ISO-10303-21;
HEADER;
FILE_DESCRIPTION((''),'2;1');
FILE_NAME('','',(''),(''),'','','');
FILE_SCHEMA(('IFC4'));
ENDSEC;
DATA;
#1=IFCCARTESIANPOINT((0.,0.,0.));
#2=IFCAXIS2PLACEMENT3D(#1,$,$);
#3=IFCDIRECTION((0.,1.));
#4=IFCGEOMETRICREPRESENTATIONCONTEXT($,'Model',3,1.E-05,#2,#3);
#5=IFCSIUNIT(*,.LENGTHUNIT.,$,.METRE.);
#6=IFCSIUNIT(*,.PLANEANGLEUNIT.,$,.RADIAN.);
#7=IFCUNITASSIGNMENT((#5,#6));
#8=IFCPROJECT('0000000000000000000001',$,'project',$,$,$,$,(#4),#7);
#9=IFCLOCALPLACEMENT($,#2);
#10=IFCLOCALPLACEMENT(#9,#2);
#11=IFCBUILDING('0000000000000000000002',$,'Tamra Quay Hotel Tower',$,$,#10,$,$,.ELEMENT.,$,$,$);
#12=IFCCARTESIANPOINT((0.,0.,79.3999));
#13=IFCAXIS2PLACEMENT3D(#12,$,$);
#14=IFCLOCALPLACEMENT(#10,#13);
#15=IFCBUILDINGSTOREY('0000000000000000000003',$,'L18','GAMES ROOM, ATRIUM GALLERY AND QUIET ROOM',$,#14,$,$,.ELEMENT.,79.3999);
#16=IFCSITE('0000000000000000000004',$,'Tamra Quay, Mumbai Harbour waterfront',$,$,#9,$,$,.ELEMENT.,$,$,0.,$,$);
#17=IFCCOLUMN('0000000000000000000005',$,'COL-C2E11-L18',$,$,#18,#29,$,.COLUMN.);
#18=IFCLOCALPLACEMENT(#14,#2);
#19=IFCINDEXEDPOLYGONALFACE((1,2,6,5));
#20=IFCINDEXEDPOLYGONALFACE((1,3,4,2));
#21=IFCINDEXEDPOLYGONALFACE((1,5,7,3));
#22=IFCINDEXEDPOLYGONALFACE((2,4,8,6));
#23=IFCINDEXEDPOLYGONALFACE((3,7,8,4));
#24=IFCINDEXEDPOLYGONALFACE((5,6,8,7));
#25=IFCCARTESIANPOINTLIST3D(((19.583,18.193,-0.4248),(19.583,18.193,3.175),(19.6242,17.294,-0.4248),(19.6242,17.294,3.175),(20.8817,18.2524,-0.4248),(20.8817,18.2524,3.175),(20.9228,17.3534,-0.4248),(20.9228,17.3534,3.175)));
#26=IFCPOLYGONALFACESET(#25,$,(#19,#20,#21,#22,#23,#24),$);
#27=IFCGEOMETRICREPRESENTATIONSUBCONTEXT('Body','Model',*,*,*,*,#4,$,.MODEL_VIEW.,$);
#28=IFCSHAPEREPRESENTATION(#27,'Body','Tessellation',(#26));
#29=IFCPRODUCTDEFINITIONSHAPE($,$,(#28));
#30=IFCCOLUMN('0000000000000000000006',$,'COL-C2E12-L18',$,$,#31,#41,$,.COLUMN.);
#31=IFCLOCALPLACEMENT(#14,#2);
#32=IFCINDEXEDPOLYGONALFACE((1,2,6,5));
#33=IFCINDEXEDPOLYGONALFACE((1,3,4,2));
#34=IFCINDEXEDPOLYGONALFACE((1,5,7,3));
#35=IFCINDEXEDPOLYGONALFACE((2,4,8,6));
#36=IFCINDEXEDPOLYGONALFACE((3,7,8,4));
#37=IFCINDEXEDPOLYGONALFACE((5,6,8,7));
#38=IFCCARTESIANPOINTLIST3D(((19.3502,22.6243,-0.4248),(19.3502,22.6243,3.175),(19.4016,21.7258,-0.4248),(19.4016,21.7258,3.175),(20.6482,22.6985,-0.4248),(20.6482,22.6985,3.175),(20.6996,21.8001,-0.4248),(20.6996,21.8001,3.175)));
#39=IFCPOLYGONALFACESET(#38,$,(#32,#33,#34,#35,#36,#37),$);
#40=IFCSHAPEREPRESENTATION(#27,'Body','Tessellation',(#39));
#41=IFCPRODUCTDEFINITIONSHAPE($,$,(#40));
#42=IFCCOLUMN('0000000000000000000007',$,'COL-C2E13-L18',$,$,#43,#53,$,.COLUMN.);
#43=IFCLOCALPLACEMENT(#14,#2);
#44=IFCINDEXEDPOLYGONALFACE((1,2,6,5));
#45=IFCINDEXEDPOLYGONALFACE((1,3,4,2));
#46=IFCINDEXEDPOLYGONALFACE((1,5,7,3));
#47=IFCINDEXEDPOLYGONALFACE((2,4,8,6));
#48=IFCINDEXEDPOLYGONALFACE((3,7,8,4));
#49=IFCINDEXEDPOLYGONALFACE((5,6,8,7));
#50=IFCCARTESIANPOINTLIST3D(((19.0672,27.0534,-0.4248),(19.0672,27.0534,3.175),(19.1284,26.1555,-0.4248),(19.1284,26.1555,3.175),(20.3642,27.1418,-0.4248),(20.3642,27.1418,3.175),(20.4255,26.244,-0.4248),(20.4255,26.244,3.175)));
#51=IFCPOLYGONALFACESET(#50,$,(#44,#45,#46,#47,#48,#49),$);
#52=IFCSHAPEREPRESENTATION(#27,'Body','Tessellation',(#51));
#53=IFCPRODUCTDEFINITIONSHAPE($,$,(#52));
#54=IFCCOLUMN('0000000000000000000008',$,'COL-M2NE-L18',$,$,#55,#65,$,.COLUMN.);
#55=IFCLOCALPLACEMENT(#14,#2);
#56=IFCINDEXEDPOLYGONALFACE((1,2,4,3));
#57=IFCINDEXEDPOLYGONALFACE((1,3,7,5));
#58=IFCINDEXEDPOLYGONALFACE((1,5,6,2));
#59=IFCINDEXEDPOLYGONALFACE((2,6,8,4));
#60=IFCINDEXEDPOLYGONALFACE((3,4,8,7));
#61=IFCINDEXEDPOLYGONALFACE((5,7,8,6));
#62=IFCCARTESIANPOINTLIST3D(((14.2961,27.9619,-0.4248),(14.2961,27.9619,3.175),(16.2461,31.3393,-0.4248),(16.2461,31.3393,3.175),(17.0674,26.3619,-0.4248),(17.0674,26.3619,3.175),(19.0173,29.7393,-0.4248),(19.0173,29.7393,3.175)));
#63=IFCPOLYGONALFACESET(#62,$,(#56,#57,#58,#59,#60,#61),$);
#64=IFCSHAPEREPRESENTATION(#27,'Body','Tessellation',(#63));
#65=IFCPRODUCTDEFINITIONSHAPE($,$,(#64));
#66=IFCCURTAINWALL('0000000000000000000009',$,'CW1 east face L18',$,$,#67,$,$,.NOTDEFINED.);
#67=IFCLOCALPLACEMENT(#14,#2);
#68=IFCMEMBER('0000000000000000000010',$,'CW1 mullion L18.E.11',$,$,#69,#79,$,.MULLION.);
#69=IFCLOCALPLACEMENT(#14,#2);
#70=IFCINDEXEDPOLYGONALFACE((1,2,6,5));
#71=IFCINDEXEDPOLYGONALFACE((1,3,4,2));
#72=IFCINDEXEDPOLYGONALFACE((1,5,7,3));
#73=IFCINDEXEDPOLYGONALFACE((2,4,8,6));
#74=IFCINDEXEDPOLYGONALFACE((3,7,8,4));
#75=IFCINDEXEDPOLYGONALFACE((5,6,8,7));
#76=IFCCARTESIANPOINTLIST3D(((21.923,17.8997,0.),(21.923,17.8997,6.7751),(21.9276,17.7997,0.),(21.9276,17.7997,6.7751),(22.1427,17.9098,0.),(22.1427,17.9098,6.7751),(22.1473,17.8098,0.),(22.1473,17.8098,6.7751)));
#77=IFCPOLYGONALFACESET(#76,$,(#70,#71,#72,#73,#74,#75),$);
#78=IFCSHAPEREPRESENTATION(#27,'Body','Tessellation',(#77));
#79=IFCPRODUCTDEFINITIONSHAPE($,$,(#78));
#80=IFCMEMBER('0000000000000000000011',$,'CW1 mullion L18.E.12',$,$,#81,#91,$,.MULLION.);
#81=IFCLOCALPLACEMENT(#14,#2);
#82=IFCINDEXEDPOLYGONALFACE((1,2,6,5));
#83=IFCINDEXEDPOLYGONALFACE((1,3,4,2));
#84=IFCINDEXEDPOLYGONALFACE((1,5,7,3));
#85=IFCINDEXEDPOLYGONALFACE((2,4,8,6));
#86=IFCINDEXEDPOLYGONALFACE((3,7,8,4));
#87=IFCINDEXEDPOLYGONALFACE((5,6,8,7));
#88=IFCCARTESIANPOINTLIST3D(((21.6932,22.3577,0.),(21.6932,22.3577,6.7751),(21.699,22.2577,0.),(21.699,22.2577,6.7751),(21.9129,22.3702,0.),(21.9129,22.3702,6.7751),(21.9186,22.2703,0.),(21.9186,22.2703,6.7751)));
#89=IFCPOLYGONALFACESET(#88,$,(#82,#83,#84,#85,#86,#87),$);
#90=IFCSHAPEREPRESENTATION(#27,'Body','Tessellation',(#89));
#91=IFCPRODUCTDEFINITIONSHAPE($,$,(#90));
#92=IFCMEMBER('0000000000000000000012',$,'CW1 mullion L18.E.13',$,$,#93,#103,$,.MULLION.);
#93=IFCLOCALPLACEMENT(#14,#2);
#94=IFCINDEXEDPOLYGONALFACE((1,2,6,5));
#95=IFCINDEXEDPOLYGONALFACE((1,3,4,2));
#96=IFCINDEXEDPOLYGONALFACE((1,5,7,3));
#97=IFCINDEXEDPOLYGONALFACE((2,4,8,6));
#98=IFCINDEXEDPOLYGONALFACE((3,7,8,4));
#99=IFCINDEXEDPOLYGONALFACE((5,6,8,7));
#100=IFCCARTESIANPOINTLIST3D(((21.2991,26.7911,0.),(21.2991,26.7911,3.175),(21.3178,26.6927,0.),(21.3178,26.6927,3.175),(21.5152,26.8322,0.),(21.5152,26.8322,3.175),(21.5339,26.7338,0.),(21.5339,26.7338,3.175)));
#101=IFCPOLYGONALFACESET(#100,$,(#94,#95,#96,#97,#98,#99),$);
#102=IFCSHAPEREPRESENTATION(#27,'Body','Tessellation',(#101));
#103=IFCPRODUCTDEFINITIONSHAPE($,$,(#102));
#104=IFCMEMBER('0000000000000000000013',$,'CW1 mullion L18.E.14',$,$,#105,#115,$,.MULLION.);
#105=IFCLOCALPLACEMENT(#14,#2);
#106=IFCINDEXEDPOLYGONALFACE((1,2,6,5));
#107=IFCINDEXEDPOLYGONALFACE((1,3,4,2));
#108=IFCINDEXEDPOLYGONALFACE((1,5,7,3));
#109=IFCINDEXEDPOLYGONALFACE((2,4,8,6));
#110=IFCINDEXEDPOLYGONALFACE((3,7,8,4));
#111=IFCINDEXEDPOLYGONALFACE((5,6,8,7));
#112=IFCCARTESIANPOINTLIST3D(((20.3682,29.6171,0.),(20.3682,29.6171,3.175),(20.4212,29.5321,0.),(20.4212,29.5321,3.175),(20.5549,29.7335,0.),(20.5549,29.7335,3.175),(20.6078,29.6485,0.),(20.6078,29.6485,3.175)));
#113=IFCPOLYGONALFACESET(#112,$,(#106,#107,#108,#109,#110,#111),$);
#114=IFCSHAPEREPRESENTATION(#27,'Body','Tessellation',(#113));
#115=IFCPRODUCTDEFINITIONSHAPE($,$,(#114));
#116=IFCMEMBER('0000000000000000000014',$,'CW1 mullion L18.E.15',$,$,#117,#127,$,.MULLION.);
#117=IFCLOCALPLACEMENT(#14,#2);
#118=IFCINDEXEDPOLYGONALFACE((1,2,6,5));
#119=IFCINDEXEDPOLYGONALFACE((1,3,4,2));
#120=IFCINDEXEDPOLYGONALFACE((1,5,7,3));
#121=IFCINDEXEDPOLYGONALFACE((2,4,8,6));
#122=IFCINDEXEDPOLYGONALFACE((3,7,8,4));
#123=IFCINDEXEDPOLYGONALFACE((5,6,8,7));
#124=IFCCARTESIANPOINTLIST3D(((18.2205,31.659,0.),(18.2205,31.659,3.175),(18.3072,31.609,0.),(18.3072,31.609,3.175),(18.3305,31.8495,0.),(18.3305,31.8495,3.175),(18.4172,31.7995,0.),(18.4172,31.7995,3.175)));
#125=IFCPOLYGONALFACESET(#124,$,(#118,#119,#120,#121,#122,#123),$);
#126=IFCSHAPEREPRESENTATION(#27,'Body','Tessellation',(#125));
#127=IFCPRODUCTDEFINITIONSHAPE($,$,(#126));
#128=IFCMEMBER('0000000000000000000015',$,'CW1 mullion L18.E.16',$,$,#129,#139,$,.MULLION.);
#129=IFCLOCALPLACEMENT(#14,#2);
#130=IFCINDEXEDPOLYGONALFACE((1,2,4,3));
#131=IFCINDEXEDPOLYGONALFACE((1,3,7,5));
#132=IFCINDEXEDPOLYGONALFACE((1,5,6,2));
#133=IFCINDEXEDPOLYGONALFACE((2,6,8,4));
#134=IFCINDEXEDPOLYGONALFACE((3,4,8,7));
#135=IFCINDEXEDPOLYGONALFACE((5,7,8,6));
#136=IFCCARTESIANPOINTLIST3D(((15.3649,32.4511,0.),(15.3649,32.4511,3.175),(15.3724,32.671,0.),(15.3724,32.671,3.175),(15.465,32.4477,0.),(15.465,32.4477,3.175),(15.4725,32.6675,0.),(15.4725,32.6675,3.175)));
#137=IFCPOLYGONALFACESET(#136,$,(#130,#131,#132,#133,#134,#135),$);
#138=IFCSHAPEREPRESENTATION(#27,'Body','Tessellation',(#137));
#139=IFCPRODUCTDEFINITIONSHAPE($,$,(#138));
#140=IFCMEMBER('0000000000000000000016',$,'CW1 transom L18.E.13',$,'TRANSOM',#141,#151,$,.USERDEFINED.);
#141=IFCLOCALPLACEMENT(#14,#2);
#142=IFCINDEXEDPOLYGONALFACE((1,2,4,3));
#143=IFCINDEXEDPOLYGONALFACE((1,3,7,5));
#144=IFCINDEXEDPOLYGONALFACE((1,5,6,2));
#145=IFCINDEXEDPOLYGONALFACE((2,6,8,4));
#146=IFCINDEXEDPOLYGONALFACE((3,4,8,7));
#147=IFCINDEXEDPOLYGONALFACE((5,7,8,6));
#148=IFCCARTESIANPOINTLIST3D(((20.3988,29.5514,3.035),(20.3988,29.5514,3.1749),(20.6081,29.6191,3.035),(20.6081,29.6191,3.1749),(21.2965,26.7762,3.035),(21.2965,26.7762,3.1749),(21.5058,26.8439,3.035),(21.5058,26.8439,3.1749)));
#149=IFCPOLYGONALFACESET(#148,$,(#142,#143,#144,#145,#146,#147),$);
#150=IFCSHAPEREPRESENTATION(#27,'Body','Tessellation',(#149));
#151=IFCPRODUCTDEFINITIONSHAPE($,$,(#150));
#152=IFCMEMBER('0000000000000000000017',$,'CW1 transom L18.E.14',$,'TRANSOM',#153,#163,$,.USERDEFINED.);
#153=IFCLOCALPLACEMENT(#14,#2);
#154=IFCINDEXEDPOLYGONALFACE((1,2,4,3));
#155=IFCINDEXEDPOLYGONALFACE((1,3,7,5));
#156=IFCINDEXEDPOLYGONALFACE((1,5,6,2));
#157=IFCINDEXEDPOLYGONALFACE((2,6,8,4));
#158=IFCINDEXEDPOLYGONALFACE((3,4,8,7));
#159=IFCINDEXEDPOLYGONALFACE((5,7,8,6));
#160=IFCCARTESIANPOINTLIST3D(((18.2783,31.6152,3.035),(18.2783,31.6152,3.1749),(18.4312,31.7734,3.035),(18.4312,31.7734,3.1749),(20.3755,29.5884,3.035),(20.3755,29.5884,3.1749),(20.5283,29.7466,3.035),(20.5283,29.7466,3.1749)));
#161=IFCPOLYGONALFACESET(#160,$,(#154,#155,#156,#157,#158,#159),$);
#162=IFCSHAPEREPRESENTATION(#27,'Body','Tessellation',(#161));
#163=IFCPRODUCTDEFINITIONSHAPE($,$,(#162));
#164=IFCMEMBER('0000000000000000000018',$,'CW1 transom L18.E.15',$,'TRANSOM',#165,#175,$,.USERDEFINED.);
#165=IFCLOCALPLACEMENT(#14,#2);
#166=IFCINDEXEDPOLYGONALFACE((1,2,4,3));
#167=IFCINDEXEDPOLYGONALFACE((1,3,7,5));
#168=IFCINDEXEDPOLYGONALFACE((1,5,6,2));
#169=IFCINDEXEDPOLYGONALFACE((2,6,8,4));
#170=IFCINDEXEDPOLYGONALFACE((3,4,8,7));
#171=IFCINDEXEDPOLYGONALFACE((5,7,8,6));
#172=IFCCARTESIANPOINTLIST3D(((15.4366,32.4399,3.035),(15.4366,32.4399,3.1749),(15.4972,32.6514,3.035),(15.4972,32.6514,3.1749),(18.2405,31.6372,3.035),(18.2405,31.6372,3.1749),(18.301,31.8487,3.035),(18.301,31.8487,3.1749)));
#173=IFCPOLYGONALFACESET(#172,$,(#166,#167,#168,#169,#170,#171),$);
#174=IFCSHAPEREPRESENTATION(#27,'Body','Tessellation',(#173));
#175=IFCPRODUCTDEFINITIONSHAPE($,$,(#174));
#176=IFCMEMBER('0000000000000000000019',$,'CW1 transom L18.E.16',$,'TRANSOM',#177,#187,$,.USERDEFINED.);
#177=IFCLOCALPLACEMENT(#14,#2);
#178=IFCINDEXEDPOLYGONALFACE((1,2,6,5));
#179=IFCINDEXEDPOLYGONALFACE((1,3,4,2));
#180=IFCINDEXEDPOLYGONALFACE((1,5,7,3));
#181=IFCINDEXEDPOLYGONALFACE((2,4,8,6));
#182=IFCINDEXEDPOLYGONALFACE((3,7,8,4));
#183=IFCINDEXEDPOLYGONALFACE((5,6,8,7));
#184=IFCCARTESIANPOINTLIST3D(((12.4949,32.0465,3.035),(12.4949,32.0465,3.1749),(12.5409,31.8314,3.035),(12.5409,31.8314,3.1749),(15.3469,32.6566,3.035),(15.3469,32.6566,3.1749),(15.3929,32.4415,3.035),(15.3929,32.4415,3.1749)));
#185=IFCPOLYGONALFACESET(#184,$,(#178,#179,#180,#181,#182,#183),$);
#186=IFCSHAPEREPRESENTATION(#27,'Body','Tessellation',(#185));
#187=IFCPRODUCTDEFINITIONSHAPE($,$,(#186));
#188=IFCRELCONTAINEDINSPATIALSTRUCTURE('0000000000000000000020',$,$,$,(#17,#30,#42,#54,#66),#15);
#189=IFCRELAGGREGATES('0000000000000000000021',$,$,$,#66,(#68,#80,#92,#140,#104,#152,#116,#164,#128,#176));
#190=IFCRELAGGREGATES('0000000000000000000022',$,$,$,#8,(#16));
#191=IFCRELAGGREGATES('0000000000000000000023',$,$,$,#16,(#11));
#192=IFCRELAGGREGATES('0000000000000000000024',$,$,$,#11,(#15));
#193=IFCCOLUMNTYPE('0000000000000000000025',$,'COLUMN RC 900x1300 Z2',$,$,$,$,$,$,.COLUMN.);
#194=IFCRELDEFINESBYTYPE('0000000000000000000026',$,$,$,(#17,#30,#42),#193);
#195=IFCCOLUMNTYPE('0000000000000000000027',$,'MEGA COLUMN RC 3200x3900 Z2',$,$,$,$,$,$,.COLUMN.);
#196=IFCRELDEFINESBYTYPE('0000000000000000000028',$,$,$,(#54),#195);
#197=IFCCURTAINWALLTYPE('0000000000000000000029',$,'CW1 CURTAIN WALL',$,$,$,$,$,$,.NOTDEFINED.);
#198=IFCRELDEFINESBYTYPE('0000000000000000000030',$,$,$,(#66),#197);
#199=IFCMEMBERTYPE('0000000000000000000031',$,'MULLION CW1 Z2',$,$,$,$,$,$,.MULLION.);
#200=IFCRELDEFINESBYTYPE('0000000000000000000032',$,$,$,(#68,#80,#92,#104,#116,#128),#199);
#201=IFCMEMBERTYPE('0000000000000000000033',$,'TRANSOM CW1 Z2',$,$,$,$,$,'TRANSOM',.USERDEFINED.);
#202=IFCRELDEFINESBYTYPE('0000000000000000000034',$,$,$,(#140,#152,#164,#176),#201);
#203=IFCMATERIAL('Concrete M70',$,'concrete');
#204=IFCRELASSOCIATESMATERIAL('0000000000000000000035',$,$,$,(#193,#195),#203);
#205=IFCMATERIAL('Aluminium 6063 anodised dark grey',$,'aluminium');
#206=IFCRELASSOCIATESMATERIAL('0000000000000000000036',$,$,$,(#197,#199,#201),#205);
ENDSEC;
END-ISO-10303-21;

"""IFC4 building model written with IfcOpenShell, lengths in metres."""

from ifc_helpers import new_model, si_unit, direction, frame, origin, origin_2d, place, context, subcontext, project, spatial, rectangle, extrude, material, material_profile, profile_set, type_object, element, aggregate, save


model = new_model("IFC4")

# Units and contexts
model_context = context("Model", 3, precision=1e-05, world=origin(), true_north=direction((0.0, 1.0)))
body_context = subcontext(model_context, "Body", "Model", "MODEL_VIEW")
ifc_project = project(units=[si_unit("LENGTHUNIT", "METRE"), si_unit("PLANEANGLEUNIT", "RADIAN")], contexts=[model_context])

# Site, building, storey
site_placement = place(None, origin())
site = spatial("IfcSite", under=ifc_project, at=site_placement, Name="Tamra Quay, Mumbai Harbour waterfront", CompositionType="ELEMENT", RefElevation=0.0)
building_placement = place(site_placement, origin())
building = spatial("IfcBuilding", under=site, at=building_placement, Name="Tamra Quay Hotel Tower", CompositionType="ELEMENT")
storey_placement = place(building_placement, frame((0.0, 0.0, 79.3999)))
storey = spatial("IfcBuildingStorey", under=building, at=storey_placement, Name="L18", Description="GAMES ROOM, ATRIUM GALLERY AND QUIET ROOM", CompositionType="ELEMENT", Elevation=79.3999)

# Columns
ifc_material_1 = material(Name="Concrete M70", Category="concrete")
ifc_material_profile_1 = material_profile(ifc_material_1, rectangle(XDim=1.3, YDim=0.8999, at=origin_2d()), Name="COLUMN RC 900x1300 Z2")
ifc_profile_set_1 = profile_set([ifc_material_profile_1], Name="Concrete M70")
column_type_1 = type_object("IfcColumnType", Name="COLUMN RC 900x1300 Z2", PredefinedType="COLUMN", material=ifc_profile_set_1)
for number, where, z_axis, x_axis, name in (
    (1, (20.2529, 17.7732, -0.4248), (0.0, 0.0, 1.0), (0.998955, 0.045712, 0.0), "COL-C2E11-L18"),
    (2, (20.0249, 22.2122, -0.4248), (0.0, 0.0, 1.0), (0.998368, 0.057108, 0.0), "COL-C2E12-L18"),
    (3, (19.7463, 26.6487, -0.4248), (0.0, 0.0, 1.0), (0.997682, 0.068041, 0.0), "COL-C2E13-L18"),
):
    element("IfcColumn", number, at=place(storey_placement, frame(where, z_axis=z_axis, x_axis=x_axis)), inside=storey, type_object=column_type_1, Name=name, PredefinedType="COLUMN", context=body_context, shape_type="SweptSolid", body=[
        extrude(rectangle(XDim=1.3, YDim=0.8999, at=origin_2d()), origin(), (0.0, 0.0, 1.0), 3.5999),
    ])
ifc_material_profile_2 = material_profile(ifc_material_1, rectangle(XDim=3.8999, YDim=3.2, at=origin_2d()), Name="MEGA COLUMN RC 3200x3900 Z2")
ifc_profile_set_2 = profile_set([ifc_material_profile_2], Name="Concrete M70")
column_type_2 = type_object("IfcColumnType", Name="MEGA COLUMN RC 3200x3900 Z2", PredefinedType="COLUMN", material=ifc_profile_set_2)
column_placement = place(storey_placement, frame((16.6567, 28.8506, -0.4248), z_axis=(0.0, 0.0, 1.0), x_axis=(0.5, 0.866025, 0.0)))
element("IfcColumn", 4, at=column_placement, inside=storey, type_object=column_type_2, Name="COL-M2NE-L18", PredefinedType="COLUMN", context=body_context, shape_type="SweptSolid", body=[
    extrude(rectangle(XDim=3.8999, YDim=3.2, at=origin_2d()), origin(), (0.0, 0.0, 1.0), 3.5999),
])

# Curtain wall, members
ifc_material_2 = material(Name="Aluminium 6063 anodised dark grey", Category="aluminium")
curtain_wall_type = type_object("IfcCurtainWallType", Name="CW1 CURTAIN WALL", PredefinedType="NOTDEFINED", material=ifc_material_2)
curtain_wall_placement = place(storey_placement, origin())
curtain_wall = element("IfcCurtainWall", 5, at=curtain_wall_placement, inside=storey, type_object=curtain_wall_type, Name="CW1 east face L18", PredefinedType="NOTDEFINED")
ifc_material_profile_3 = material_profile(ifc_material_2, rectangle(XDim=0.22, YDim=0.1001, at=origin_2d()), Name="MULLION 100X220")
ifc_profile_set_3 = profile_set([ifc_material_profile_3], Name="Aluminium 6063 anodised dark grey")
member_type_1 = type_object("IfcMemberType", Name="MULLION CW1 Z2", PredefinedType="MULLION", material=ifc_profile_set_3)
member_1_placement = place(storey_placement, frame((22.0352, 17.8547, 0.0), z_axis=(0.0, 0.0, 1.0), x_axis=(0.998958, 0.045633, 0.0)))
member_1 = element("IfcMember", 6, at=member_1_placement, type_object=member_type_1, Name="CW1 mullion L18.E.11", PredefinedType="MULLION", context=body_context, shape_type="SweptSolid", body=[
    extrude(rectangle(XDim=0.22, YDim=0.1001, at=origin_2d()), origin(), (0.0, 0.0, 1.0), 6.7751),
])
member_2_placement = place(storey_placement, frame((21.8059, 22.314, 0.0), z_axis=(0.0, 0.0, 1.0), x_axis=(0.998374, 0.056996, 0.0)))
member_2 = element("IfcMember", 7, at=member_2_placement, type_object=member_type_1, Name="CW1 mullion L18.E.12", PredefinedType="MULLION", context=body_context, shape_type="SweptSolid", body=[
    extrude(rectangle(XDim=0.22, YDim=0.1001, at=origin_2d()), origin(), (0.0, 0.0, 1.0), 6.7751),
])
member_3_placement = place(storey_placement, frame((21.4165, 26.7625, 0.0), z_axis=(0.0, 0.0, 1.0), x_axis=(0.982419, 0.186689, 0.0)))
member_3 = element("IfcMember", 8, at=member_3_placement, type_object=member_type_1, Name="CW1 mullion L18.E.13", PredefinedType="MULLION", context=body_context, shape_type="SweptSolid", body=[
    extrude(rectangle(XDim=0.22, YDim=0.1001, at=origin_2d()), origin(), (0.0, 0.0, 1.0), 3.175),
])
member_4_placement = place(storey_placement, frame((20.488, 29.6328, 0.0), z_axis=(0.0, 0.0, 1.0), x_axis=(0.848503, 0.52919, 0.0)))
member_4 = element("IfcMember", 9, at=member_4_placement, type_object=member_type_1, Name="CW1 mullion L18.E.14", PredefinedType="MULLION", context=body_context, shape_type="SweptSolid", body=[
    extrude(rectangle(XDim=0.22, YDim=0.1001, at=origin_2d()), origin(), (0.0, 0.0, 1.0), 3.175),
])
member_5_placement = place(storey_placement, frame((18.3188, 31.7292, 0.0), z_axis=(0.0, 0.0, 1.0), x_axis=(0.5, 0.866025, 0.0)))
member_5 = element("IfcMember", 10, at=member_5_placement, type_object=member_type_1, Name="CW1 mullion L18.E.15", PredefinedType="MULLION", context=body_context, shape_type="SweptSolid", body=[
    extrude(rectangle(XDim=0.22, YDim=0.1001, at=origin_2d()), origin(), (0.0, 0.0, 1.0), 3.175),
])
member_6_placement = place(storey_placement, frame((15.4187, 32.5593, 0.0), z_axis=(0.0, 0.0, 1.0), x_axis=(0.034041, 0.99942, 0.0)))
member_6 = element("IfcMember", 11, at=member_6_placement, type_object=member_type_1, Name="CW1 mullion L18.E.16", PredefinedType="MULLION", context=body_context, shape_type="SweptSolid", body=[
    extrude(rectangle(XDim=0.22, YDim=0.1001, at=origin_2d()), origin(), (0.0, 0.0, 1.0), 3.175),
])
ifc_material_profile_4 = material_profile(ifc_material_2, rectangle(XDim=0.22, YDim=0.1399, at=origin_2d()), Name="TRANSOM 220X140")
ifc_profile_set_4 = profile_set([ifc_material_profile_4], Name="Aluminium 6063 anodised dark grey")
member_type_2 = type_object("IfcMemberType", Name="TRANSOM CW1 Z2", ElementType="TRANSOM", PredefinedType="USERDEFINED", material=ifc_profile_set_4)
member_7_placement = place(storey_placement, frame((21.4011, 26.8101, 3.105), z_axis=(-0.307778, 0.951458, 0.0), x_axis=(-0.951458, -0.307778, 0.0)))
member_7 = element("IfcMember", 12, at=member_7_placement, type_object=member_type_2, Name="CW1 transom L18.E.13", ObjectType="TRANSOM", PredefinedType="USERDEFINED", context=body_context, shape_type="SweptSolid", body=[
    extrude(rectangle(XDim=0.22, YDim=0.1399, at=origin_2d()), origin(), (0.0, 0.0, 1.0), 2.9167),
])
member_8_placement = place(storey_placement, frame((20.4519, 29.6675, 3.105), z_axis=(-0.719058, 0.69495, 0.0), x_axis=(-0.69495, -0.719058, 0.0)))
member_8 = element("IfcMember", 13, at=member_8_placement, type_object=member_type_2, Name="CW1 transom L18.E.14", ObjectType="TRANSOM", PredefinedType="USERDEFINED", context=body_context, shape_type="SweptSolid", body=[
    extrude(rectangle(XDim=0.22, YDim=0.1399, at=origin_2d()), origin(), (0.0, 0.0, 1.0), 2.9165),
])
member_9_placement = place(storey_placement, frame((18.2708, 31.7429, 3.105), z_axis=(-0.961379, 0.27523, 0.0), x_axis=(-0.27523, -0.961379, 0.0)))
member_9 = element("IfcMember", 14, at=member_9_placement, type_object=member_type_2, Name="CW1 transom L18.E.15", ObjectType="TRANSOM", PredefinedType="USERDEFINED", context=body_context, shape_type="SweptSolid", body=[
    extrude(rectangle(XDim=0.22, YDim=0.1399, at=origin_2d()), origin(), (0.0, 0.0, 1.0), 2.9165),
])
member_10_placement = place(storey_placement, frame((15.3699, 32.5491, 3.105), z_axis=(-0.977876, -0.209186, 0.0), x_axis=(0.209186, -0.977876, 0.0)))
member_10 = element("IfcMember", 15, at=member_10_placement, type_object=member_type_2, Name="CW1 transom L18.E.16", ObjectType="TRANSOM", PredefinedType="USERDEFINED", context=body_context, shape_type="SweptSolid", body=[
    extrude(rectangle(XDim=0.22, YDim=0.1399, at=origin_2d()), origin(), (0.0, 0.0, 1.0), 2.9165),
])
aggregate(curtain_wall, [member_1, member_2, member_3, member_7, member_4, member_8, member_5, member_9, member_6, member_10])

save(model, "model.ifc")
